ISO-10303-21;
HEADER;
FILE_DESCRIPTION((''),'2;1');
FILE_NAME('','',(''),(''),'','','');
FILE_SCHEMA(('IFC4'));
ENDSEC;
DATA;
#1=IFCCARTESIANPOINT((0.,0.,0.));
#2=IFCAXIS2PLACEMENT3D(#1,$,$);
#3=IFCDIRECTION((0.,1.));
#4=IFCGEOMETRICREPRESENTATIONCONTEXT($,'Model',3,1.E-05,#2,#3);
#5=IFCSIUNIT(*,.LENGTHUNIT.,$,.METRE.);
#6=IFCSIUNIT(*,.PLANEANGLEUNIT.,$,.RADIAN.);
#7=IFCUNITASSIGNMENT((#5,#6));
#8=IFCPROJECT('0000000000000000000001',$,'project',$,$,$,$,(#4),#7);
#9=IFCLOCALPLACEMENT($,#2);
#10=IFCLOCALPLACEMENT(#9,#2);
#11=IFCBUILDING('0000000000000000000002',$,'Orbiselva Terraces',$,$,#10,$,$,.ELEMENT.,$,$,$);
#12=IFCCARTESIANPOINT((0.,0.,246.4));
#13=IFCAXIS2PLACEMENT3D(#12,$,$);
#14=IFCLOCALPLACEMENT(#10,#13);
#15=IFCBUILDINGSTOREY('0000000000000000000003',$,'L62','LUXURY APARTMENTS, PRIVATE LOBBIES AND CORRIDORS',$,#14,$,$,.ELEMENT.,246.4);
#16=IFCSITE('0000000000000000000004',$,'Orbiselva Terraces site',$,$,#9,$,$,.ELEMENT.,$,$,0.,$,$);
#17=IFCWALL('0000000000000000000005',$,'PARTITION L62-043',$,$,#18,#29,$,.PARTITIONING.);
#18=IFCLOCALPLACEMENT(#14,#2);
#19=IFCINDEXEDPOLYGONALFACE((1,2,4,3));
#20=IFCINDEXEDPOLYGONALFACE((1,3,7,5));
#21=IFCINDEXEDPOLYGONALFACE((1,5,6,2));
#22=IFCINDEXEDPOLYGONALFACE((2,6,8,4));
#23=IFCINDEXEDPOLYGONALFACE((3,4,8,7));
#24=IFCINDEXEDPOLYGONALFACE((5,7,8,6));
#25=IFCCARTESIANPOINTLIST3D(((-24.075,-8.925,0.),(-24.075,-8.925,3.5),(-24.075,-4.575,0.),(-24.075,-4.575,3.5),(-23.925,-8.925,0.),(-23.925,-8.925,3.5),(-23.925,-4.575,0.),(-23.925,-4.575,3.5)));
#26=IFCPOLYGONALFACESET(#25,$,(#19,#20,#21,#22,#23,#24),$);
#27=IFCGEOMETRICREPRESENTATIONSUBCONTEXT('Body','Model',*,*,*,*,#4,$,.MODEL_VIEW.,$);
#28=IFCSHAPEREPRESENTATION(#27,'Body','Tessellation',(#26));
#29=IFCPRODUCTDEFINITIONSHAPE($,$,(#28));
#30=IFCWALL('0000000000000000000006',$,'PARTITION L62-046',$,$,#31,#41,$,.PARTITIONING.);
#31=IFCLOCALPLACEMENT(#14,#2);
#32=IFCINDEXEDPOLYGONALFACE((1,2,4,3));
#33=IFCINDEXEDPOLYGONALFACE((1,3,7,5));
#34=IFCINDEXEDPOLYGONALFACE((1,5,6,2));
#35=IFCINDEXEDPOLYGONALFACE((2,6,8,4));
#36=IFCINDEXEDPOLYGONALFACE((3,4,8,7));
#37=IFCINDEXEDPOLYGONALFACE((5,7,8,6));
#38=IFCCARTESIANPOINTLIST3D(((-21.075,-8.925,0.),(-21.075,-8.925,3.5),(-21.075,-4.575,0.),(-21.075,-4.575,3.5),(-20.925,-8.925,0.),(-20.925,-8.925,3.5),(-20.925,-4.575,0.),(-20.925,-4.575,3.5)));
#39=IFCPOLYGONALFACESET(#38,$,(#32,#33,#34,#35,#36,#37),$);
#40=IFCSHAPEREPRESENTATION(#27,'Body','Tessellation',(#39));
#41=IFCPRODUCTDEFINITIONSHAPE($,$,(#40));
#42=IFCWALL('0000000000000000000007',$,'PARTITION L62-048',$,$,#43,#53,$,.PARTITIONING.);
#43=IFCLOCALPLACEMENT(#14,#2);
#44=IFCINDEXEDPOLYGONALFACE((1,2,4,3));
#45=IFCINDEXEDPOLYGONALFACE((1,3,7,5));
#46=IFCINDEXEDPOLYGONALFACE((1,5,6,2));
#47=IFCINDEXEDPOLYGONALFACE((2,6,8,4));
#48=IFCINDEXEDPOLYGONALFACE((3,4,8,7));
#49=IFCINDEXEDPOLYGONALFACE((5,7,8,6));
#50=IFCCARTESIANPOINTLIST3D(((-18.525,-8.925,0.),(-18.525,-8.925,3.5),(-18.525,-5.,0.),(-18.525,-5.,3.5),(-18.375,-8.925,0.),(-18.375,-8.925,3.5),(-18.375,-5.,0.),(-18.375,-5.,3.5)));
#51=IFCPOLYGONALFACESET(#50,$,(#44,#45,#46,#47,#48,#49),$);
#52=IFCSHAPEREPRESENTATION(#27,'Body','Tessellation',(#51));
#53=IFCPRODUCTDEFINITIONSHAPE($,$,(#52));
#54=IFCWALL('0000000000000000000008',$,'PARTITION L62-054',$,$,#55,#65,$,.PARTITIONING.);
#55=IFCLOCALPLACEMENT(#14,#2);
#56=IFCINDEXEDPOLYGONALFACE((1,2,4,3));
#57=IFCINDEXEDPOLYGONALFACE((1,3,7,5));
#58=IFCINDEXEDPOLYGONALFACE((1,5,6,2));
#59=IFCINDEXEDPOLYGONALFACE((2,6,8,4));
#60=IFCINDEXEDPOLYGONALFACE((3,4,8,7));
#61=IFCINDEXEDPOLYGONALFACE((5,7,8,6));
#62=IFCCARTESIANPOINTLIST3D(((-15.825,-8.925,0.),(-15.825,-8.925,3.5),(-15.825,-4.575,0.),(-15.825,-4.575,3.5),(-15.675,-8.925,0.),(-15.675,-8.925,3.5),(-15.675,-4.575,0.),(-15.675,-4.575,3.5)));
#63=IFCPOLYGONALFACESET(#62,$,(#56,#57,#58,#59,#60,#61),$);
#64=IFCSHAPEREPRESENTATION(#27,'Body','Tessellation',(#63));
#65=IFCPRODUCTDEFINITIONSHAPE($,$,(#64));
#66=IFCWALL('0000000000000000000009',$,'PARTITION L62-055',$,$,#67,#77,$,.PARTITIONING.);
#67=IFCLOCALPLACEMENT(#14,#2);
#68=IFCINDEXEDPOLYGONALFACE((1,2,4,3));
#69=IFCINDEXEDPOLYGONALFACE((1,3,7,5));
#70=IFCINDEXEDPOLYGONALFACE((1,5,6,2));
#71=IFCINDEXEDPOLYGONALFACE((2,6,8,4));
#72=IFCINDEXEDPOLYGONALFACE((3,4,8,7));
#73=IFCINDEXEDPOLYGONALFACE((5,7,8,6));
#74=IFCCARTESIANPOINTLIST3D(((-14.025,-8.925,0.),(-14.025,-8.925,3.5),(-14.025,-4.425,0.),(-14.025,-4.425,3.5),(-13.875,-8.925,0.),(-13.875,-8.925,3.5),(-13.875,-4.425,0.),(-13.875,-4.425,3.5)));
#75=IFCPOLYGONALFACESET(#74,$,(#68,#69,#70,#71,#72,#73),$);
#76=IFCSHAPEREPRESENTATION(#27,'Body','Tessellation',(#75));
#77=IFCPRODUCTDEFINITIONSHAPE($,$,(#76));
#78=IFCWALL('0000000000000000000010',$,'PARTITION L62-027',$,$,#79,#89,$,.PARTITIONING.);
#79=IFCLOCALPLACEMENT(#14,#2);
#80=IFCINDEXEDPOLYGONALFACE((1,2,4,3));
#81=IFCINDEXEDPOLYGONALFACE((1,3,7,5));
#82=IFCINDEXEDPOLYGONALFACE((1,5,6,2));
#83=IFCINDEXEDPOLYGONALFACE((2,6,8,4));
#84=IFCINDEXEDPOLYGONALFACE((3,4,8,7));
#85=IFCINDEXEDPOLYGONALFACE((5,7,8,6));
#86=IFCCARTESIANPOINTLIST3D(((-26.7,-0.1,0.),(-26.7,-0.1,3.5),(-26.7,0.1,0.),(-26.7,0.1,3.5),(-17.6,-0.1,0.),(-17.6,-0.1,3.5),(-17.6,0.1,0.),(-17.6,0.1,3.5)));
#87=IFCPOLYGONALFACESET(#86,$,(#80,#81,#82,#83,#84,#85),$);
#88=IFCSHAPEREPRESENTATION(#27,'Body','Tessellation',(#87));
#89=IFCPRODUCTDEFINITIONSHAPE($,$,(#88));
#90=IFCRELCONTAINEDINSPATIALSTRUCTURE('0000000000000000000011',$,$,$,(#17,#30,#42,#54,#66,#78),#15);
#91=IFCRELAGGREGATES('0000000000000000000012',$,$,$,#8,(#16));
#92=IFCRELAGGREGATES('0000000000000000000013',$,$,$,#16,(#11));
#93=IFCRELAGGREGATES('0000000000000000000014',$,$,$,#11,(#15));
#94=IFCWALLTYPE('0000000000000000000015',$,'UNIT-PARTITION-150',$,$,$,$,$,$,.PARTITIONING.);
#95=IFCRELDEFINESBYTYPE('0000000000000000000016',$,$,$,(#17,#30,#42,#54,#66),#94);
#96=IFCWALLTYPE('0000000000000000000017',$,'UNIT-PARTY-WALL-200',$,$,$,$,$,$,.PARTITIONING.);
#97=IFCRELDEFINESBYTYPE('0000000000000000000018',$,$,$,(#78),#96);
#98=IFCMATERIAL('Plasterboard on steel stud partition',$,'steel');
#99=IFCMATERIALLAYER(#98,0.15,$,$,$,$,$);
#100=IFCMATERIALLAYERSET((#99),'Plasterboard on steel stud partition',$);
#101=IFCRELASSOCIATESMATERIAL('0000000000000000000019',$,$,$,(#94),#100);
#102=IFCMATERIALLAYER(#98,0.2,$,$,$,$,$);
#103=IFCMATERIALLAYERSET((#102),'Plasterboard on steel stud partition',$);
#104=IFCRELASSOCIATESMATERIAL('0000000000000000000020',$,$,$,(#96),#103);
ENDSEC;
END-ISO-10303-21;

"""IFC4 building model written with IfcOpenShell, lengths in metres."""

from ifc_helpers import new_model, si_unit, direction, frame, frame_2d, origin, place, context, subcontext, project, spatial, rectangle, extrude, material, layer, layer_set, type_object, element, save


model = new_model("IFC4")

# Units and contexts
model_context = context("Model", 3, precision=1e-05, world=origin(), true_north=direction((0.0, 1.0)))
body_context = subcontext(model_context, "Body", "Model", "MODEL_VIEW")
ifc_project = project(units=[si_unit("LENGTHUNIT", "METRE"), si_unit("PLANEANGLEUNIT", "RADIAN")], contexts=[model_context])

# Site, building, storey
site_placement = place(None, origin())
site = spatial("IfcSite", under=ifc_project, at=site_placement, Name="Orbiselva Terraces site", CompositionType="ELEMENT", RefElevation=0.0)
building_placement = place(site_placement, origin())
building = spatial("IfcBuilding", under=site, at=building_placement, Name="Orbiselva Terraces", CompositionType="ELEMENT")
storey_placement = place(building_placement, frame((0.0, 0.0, 246.4)))
storey = spatial("IfcBuildingStorey", under=building, at=storey_placement, Name="L62", Description="LUXURY APARTMENTS, PRIVATE LOBBIES AND CORRIDORS", CompositionType="ELEMENT", Elevation=246.4)

# Shared definitions
ifc_material_1 = material(Name="Plasterboard on steel stud partition", Category="steel")

# Shared definitions
ifc_layer_1 = layer(ifc_material_1, 0.15)
ifc_layer_set_1 = layer_set([ifc_layer_1], Name="Plasterboard on steel stud partition")
wall_type_1 = type_object("IfcWallType", Name="UNIT-PARTITION-150", PredefinedType="PARTITIONING", material=ifc_layer_set_1)

# Walls
for number, where, z_axis, x_axis, name in (
    (1, (-24.0, -8.925, 0.0), (0.0, 0.0, 1.0), (0.0, 1.0, 0.0), "PARTITION L62-043"),
    (2, (-21.0, -8.925, 0.0), (0.0, 0.0, 1.0), (0.0, 1.0, 0.0), "PARTITION L62-046"),
):
    element("IfcWall", number, at=place(storey_placement, frame(where, z_axis=z_axis, x_axis=x_axis)), inside=storey, type_object=wall_type_1, Name=name, PredefinedType="PARTITIONING", context=body_context, shape_type="SweptSolid", body=[
        extrude(rectangle(XDim=4.35, YDim=0.15, at=frame_2d((2.175, 0.0))), origin(), (0.0, 0.0, 1.0), 3.5),
    ])
wall_1_placement = place(storey_placement, frame((-18.45, -8.925, 0.0), z_axis=(0.0, 0.0, 1.0), x_axis=(0.0, 1.0, 0.0)))
element("IfcWall", 3, at=wall_1_placement, inside=storey, type_object=wall_type_1, Name="PARTITION L62-048", PredefinedType="PARTITIONING", context=body_context, shape_type="SweptSolid", body=[
    extrude(rectangle(XDim=3.925, YDim=0.15, at=frame_2d((1.9625, 0.0))), origin(), (0.0, 0.0, 1.0), 3.5),
])
wall_2_placement = place(storey_placement, frame((-15.75, -8.925, 0.0), z_axis=(0.0, 0.0, 1.0), x_axis=(0.0, 1.0, 0.0)))
element("IfcWall", 4, at=wall_2_placement, inside=storey, type_object=wall_type_1, Name="PARTITION L62-054", PredefinedType="PARTITIONING", context=body_context, shape_type="SweptSolid", body=[
    extrude(rectangle(XDim=4.35, YDim=0.15, at=frame_2d((2.175, 0.0))), origin(), (0.0, 0.0, 1.0), 3.5),
])
wall_3_placement = place(storey_placement, frame((-13.95, -8.925, 0.0), z_axis=(0.0, 0.0, 1.0), x_axis=(0.0, 1.0, 0.0)))
element("IfcWall", 5, at=wall_3_placement, inside=storey, type_object=wall_type_1, Name="PARTITION L62-055", PredefinedType="PARTITIONING", context=body_context, shape_type="SweptSolid", body=[
    extrude(rectangle(XDim=4.5, YDim=0.15, at=frame_2d((2.25, 0.0))), origin(), (0.0, 0.0, 1.0), 3.5),
])
ifc_layer_2 = layer(ifc_material_1, 0.2)
ifc_layer_set_2 = layer_set([ifc_layer_2], Name="Plasterboard on steel stud partition")
wall_type_2 = type_object("IfcWallType", Name="UNIT-PARTY-WALL-200", PredefinedType="PARTITIONING", material=ifc_layer_set_2)
wall_4_placement = place(storey_placement, frame((-26.7, 0.0, 0.0), z_axis=(0.0, 0.0, 1.0), x_axis=(1.0, 0.0, 0.0)))
element("IfcWall", 6, at=wall_4_placement, inside=storey, type_object=wall_type_2, Name="PARTITION L62-027", PredefinedType="PARTITIONING", context=body_context, shape_type="SweptSolid", body=[
    extrude(rectangle(XDim=9.1, YDim=0.2, at=frame_2d((4.55, 0.0))), origin(), (0.0, 0.0, 1.0), 3.5),
])

save(model, "model.ifc")
